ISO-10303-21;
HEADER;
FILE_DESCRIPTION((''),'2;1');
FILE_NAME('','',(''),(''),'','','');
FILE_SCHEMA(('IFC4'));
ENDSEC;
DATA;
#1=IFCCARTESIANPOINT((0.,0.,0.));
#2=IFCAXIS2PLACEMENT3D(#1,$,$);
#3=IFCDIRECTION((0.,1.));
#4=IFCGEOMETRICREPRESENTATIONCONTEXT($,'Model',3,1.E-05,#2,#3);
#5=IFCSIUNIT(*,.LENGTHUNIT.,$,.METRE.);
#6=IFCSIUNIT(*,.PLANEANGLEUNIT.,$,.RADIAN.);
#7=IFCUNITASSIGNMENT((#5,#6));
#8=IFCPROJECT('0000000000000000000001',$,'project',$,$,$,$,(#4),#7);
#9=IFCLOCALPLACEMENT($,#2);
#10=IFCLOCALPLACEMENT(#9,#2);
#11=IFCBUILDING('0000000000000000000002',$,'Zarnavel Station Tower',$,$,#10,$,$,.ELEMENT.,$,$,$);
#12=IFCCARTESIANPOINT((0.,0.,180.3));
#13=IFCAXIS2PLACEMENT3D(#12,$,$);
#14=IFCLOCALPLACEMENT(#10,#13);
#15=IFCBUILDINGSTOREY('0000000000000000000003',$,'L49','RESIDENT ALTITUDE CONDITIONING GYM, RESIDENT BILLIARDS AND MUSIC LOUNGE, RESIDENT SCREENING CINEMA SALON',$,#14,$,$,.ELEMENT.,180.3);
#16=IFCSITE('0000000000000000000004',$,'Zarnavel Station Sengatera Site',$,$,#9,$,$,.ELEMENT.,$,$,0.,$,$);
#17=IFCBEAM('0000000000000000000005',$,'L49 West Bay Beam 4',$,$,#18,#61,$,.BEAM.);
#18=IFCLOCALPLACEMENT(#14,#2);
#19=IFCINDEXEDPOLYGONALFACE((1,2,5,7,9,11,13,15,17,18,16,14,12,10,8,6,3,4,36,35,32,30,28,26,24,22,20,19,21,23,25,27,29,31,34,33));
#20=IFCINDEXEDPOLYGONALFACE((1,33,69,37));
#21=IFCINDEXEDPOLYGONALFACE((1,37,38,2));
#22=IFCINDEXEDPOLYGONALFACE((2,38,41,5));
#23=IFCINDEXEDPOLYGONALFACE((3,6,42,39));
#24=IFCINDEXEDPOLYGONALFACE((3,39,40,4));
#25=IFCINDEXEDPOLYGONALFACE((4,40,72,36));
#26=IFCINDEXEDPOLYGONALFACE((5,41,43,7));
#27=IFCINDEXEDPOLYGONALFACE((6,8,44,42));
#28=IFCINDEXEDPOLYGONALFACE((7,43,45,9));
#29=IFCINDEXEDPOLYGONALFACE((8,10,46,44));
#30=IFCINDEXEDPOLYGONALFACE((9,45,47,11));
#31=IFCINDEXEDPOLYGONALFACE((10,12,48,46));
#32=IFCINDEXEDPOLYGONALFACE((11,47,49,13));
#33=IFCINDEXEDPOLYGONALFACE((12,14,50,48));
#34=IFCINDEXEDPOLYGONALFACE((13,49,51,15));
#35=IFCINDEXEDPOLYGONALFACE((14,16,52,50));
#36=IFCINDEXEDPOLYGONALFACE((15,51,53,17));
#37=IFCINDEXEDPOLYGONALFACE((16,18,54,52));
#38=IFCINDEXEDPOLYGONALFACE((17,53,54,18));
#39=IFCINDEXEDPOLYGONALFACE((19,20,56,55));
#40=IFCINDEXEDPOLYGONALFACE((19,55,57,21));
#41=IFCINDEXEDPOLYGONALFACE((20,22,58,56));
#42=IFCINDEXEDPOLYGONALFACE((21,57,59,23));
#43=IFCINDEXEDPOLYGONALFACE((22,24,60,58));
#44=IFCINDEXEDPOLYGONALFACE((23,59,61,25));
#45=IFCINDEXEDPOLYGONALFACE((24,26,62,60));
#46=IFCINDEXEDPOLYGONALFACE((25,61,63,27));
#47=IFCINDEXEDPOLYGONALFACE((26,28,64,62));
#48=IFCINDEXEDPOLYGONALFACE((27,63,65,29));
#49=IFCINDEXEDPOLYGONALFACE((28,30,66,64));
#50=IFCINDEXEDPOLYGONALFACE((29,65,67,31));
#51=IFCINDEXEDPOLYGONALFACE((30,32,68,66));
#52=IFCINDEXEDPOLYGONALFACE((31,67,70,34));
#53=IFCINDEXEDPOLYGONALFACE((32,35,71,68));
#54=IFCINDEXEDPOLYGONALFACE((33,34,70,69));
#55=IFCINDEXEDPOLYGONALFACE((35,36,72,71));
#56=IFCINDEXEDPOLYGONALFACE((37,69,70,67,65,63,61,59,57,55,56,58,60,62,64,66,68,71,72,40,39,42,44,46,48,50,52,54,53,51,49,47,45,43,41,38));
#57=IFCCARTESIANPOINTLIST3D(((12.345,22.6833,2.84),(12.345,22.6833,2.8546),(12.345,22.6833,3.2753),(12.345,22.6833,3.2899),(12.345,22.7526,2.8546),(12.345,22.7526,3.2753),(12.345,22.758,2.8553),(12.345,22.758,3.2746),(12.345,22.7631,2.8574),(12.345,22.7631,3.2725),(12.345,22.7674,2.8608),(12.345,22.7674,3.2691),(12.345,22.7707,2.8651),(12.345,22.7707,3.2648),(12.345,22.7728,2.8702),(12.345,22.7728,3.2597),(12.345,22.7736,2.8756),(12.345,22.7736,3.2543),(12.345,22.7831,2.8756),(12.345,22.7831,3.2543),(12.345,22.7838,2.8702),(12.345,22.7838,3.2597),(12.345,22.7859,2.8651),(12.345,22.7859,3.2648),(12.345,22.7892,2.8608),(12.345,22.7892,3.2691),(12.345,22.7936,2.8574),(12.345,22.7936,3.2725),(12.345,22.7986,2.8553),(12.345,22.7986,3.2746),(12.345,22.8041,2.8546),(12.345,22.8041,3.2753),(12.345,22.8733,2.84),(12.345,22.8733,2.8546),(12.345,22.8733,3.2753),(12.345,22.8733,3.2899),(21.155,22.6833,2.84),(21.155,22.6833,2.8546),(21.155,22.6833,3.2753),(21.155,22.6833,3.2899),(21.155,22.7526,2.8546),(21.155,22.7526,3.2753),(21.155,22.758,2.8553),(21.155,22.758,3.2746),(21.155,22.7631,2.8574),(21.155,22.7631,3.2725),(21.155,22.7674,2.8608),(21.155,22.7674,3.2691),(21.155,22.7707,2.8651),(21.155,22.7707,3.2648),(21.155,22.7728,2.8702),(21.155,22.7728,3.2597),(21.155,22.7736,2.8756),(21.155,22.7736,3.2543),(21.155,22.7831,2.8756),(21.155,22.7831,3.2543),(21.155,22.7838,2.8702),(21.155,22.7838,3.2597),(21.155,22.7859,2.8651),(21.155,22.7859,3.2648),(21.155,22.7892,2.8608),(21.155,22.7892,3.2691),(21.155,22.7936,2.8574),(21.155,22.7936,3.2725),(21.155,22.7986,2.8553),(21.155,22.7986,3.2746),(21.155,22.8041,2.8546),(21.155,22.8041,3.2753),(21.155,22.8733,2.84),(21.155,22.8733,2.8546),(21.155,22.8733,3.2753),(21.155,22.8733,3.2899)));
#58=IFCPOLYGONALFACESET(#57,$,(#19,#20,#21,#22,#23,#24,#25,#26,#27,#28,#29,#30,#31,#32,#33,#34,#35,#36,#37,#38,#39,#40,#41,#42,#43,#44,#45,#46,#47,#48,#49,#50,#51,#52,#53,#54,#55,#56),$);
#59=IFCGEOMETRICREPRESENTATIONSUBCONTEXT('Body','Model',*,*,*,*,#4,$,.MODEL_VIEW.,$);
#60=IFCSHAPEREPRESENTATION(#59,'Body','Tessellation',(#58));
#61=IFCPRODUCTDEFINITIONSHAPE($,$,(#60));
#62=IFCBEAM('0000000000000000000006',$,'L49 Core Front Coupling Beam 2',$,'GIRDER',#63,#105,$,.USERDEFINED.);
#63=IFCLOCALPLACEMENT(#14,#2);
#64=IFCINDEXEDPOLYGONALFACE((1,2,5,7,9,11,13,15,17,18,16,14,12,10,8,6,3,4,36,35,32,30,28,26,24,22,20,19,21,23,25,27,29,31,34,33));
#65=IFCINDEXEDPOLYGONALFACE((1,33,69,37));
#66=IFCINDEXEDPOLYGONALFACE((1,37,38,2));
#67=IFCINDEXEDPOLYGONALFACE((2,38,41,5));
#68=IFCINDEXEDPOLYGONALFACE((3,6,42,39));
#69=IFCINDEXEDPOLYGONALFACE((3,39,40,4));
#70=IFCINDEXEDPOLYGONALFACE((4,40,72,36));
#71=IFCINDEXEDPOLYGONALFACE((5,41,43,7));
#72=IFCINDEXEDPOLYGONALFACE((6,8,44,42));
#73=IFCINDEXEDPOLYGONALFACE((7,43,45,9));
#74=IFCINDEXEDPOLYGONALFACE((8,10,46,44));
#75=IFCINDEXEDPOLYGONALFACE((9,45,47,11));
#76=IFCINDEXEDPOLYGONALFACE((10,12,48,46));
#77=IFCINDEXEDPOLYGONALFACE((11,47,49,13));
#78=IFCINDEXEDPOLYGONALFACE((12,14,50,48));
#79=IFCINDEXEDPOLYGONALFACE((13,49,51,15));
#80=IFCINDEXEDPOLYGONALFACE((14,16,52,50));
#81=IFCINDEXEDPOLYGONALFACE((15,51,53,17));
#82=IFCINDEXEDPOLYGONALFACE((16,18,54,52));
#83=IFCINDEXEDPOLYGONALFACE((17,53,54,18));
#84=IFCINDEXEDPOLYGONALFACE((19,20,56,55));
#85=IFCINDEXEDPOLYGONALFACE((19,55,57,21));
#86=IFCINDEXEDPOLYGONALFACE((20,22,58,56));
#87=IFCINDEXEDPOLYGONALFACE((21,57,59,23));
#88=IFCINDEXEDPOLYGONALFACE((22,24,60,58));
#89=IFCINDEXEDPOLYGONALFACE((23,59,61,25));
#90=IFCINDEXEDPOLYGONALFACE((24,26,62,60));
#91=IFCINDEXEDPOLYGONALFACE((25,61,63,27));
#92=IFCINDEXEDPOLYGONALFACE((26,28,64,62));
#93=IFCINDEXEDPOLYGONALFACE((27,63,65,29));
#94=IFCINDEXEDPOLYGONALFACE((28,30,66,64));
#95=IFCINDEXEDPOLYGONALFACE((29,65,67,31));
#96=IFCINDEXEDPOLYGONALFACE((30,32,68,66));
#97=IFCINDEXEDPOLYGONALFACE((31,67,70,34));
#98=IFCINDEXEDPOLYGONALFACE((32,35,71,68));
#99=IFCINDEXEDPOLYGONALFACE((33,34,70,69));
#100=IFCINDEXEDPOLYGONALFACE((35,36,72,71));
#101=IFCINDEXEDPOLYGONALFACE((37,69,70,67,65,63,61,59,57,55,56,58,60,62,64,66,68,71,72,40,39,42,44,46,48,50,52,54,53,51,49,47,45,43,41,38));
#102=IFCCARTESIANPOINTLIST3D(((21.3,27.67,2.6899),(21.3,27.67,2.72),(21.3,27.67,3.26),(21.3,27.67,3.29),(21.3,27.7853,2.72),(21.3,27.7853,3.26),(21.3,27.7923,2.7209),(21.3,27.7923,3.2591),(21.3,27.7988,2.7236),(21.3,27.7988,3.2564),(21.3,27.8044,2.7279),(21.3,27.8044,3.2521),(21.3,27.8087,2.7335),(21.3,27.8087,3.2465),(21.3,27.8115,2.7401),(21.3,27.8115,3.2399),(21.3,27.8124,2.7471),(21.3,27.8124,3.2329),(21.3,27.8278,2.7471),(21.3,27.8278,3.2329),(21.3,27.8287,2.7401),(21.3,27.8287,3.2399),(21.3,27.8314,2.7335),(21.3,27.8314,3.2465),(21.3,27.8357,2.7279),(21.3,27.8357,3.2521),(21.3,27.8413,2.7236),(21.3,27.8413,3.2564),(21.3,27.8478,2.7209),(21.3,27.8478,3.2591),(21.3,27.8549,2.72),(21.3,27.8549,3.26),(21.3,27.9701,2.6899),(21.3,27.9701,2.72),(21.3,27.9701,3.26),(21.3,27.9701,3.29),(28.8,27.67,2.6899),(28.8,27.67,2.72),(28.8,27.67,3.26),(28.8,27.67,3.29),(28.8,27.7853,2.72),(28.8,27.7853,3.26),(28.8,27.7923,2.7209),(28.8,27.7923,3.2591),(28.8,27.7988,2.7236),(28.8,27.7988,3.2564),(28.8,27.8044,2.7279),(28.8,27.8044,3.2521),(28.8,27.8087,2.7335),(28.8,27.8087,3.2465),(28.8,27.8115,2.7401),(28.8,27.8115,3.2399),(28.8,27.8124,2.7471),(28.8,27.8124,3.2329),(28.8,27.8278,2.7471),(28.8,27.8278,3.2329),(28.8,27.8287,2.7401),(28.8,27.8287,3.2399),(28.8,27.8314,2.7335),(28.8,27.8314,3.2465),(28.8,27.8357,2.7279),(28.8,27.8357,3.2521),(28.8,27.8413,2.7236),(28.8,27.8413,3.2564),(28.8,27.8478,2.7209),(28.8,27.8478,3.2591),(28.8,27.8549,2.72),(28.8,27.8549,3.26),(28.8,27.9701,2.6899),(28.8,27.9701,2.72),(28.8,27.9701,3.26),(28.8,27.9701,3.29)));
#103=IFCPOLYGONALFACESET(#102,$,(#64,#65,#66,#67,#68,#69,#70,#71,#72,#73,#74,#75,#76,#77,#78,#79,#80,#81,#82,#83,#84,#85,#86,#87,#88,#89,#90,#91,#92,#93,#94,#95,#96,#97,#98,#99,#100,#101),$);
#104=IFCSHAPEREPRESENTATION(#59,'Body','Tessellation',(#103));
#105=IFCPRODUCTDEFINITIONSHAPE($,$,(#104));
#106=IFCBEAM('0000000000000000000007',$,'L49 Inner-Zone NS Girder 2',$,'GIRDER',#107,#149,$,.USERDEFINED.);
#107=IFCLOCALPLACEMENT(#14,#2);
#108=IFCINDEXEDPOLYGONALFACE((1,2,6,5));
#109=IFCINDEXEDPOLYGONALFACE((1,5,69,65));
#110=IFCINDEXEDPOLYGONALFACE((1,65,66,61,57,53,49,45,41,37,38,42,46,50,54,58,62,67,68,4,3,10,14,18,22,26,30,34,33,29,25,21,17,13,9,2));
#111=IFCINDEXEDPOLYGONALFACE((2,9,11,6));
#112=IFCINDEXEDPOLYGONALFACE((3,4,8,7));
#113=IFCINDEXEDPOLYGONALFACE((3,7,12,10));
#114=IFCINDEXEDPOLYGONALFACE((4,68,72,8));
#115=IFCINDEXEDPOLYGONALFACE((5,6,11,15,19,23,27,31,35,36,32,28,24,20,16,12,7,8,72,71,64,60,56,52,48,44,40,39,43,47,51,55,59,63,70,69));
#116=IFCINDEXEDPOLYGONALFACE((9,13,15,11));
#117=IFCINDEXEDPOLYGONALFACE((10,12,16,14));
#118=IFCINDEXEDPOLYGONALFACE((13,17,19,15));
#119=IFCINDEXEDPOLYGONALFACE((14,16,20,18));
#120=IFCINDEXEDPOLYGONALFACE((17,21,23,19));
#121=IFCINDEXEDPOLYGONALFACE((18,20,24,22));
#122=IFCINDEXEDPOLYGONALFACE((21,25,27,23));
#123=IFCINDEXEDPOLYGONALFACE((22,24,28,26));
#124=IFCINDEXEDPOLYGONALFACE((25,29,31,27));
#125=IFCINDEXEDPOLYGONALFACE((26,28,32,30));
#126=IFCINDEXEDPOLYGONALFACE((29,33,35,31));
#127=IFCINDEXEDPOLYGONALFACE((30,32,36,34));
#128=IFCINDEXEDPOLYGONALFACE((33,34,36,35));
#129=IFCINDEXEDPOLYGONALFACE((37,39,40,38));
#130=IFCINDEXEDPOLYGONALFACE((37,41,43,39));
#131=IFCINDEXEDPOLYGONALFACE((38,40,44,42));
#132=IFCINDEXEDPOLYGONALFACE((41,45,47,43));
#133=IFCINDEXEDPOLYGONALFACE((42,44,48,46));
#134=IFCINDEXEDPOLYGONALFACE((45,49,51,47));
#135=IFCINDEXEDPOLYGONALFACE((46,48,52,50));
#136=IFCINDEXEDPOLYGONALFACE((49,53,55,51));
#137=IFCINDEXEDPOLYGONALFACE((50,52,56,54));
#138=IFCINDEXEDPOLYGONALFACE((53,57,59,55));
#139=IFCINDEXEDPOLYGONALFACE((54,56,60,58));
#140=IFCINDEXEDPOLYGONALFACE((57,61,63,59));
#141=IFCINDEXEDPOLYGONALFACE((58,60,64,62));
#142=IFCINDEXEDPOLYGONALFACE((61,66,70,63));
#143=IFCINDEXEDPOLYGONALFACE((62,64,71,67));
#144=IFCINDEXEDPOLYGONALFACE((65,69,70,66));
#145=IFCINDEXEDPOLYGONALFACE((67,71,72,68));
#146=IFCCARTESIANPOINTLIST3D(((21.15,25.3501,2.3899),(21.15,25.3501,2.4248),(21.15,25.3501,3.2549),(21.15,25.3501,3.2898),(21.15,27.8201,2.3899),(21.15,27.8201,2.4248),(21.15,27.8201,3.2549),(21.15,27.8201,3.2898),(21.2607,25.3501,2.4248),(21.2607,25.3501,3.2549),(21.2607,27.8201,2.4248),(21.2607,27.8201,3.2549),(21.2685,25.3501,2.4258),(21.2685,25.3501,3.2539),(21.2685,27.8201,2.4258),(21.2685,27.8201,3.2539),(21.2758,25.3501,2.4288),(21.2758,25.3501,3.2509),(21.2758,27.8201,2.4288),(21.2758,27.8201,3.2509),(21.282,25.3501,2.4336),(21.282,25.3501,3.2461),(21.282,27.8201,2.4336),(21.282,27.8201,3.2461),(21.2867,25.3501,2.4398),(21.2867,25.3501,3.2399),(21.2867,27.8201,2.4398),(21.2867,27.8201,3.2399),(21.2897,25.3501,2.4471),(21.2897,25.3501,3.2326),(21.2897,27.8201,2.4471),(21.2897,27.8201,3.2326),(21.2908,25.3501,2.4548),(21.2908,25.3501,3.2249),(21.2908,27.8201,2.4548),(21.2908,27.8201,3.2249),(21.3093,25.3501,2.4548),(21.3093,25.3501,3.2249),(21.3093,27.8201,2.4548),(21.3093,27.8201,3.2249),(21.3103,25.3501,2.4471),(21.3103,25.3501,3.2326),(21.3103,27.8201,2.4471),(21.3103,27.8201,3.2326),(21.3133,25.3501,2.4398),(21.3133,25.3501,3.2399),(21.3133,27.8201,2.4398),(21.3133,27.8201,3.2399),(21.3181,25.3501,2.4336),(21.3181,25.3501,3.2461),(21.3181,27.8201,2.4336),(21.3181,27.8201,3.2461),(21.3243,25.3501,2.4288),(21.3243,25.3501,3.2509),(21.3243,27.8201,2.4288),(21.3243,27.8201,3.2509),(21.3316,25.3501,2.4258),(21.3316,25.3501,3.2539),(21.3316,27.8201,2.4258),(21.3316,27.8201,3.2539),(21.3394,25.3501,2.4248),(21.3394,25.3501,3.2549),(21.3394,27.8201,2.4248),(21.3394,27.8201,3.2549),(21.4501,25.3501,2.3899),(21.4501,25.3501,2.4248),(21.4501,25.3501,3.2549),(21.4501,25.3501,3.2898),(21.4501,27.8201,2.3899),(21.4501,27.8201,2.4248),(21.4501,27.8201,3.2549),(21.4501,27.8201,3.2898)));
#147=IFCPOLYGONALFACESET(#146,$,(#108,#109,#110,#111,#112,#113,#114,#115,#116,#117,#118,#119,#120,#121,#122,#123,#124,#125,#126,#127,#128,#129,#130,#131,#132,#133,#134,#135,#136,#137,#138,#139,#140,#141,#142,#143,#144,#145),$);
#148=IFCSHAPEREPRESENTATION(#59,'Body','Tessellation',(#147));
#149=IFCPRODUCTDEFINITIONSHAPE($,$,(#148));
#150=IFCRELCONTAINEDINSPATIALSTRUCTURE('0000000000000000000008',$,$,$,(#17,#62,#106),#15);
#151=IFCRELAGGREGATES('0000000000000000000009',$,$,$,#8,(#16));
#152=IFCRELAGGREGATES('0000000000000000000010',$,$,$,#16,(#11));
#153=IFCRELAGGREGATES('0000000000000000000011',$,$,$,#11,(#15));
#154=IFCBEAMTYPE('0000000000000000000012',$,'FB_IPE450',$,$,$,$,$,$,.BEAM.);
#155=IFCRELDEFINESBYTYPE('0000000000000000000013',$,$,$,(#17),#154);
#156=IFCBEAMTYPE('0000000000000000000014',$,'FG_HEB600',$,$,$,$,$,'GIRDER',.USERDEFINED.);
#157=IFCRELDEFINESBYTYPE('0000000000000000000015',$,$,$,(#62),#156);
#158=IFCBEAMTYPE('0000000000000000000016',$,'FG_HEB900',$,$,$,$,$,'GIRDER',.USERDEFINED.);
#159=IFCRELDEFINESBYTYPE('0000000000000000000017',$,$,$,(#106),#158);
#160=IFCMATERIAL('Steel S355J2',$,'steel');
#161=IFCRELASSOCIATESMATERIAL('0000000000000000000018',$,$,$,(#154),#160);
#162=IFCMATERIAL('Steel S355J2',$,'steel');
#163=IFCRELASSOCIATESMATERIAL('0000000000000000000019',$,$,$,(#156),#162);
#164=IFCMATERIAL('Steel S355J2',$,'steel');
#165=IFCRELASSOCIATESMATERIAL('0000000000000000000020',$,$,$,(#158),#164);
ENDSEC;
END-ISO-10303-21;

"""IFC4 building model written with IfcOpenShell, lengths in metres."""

from ifc_helpers import new_model, si_unit, direction, frame, origin, origin_2d, place, context, subcontext, project, spatial, i_section, extrude, material, material_profile, profile_set, type_object, element, save


model = new_model("IFC4")

# Units and contexts
model_context = context("Model", 3, precision=1e-05, world=origin(), true_north=direction((0.0, 1.0)))
body_context = subcontext(model_context, "Body", "Model", "MODEL_VIEW")
ifc_project = project(units=[si_unit("LENGTHUNIT", "METRE"), si_unit("PLANEANGLEUNIT", "RADIAN")], contexts=[model_context])

# Site, building, storey
site_placement = place(None, origin())
site = spatial("IfcSite", under=ifc_project, at=site_placement, Name="Zarnavel Station Sengatera Site", CompositionType="ELEMENT", RefElevation=0.0)
building_placement = place(site_placement, origin())
building = spatial("IfcBuilding", under=site, at=building_placement, Name="Zarnavel Station Tower", CompositionType="ELEMENT")
storey_placement = place(building_placement, frame((0.0, 0.0, 180.3)))
storey = spatial("IfcBuildingStorey", under=building, at=storey_placement, Name="L49", Description="RESIDENT ALTITUDE CONDITIONING GYM, RESIDENT BILLIARDS AND MUSIC LOUNGE, RESIDENT SCREENING CINEMA SALON", CompositionType="ELEMENT", Elevation=180.3)

# Beams
ifc_material_1 = material(Name="Steel S355J2", Category="steel")
ifc_material_profile_1 = material_profile(ifc_material_1, i_section(OverallWidth=0.1899, OverallDepth=0.45, WebThickness=0.0095, FlangeThickness=0.0146, FilletRadius=0.021, at=origin_2d()), Name="IPE450")
ifc_profile_set_1 = profile_set([ifc_material_profile_1], Name="Steel S355J2")
beam_type_1 = type_object("IfcBeamType", Name="FB_IPE450", PredefinedType="BEAM", material=ifc_profile_set_1)
beam_1_placement = place(storey_placement, frame((12.345, 22.7783, 3.0649), z_axis=(1.0, 0.0, 0.0), x_axis=(0.0, 1.0, 0.0)))
element("IfcBeam", 1, at=beam_1_placement, inside=storey, type_object=beam_type_1, Name="L49 West Bay Beam 4", PredefinedType="BEAM", context=body_context, shape_type="SweptSolid", body=[
    extrude(i_section(OverallWidth=0.1899, OverallDepth=0.45, WebThickness=0.0095, FlangeThickness=0.0146, FilletRadius=0.021, at=origin_2d()), origin(), (0.0, 0.0, 1.0), 8.8101),
])
ifc_material_2 = material(Name="Steel S355J2", Category="steel")
ifc_material_profile_2 = material_profile(ifc_material_2, i_section(OverallWidth=0.3, OverallDepth=0.6001, WebThickness=0.0154, FlangeThickness=0.03, FilletRadius=0.0271, at=origin_2d()), Name="HEB600")
ifc_profile_set_2 = profile_set([ifc_material_profile_2], Name="Steel S355J2")
beam_type_2 = type_object("IfcBeamType", Name="FG_HEB600", ElementType="GIRDER", PredefinedType="USERDEFINED", material=ifc_profile_set_2)
beam_2_placement = place(storey_placement, frame((21.3, 27.8201, 2.99), z_axis=(1.0, 0.0, 0.0), x_axis=(0.0, 1.0, 0.0)))
element("IfcBeam", 2, at=beam_2_placement, inside=storey, type_object=beam_type_2, Name="L49 Core Front Coupling Beam 2", ObjectType="GIRDER", PredefinedType="USERDEFINED", context=body_context, shape_type="SweptSolid", body=[
    extrude(i_section(OverallWidth=0.3, OverallDepth=0.6001, WebThickness=0.0154, FlangeThickness=0.03, FilletRadius=0.0271, at=origin_2d()), origin(), (0.0, 0.0, 1.0), 7.5),
])
ifc_material_3 = material(Name="Steel S355J2", Category="steel")
ifc_material_profile_3 = material_profile(ifc_material_3, i_section(OverallWidth=0.3, OverallDepth=0.8999, WebThickness=0.0186, FlangeThickness=0.0349, FilletRadius=0.03, at=origin_2d()), Name="HEB900")
ifc_profile_set_3 = profile_set([ifc_material_profile_3], Name="Steel S355J2")
beam_type_3 = type_object("IfcBeamType", Name="FG_HEB900", ElementType="GIRDER", PredefinedType="USERDEFINED", material=ifc_profile_set_3)
beam_3_placement = place(storey_placement, frame((21.3, 25.3501, 2.8398), z_axis=(0.0, 1.0, 0.0), x_axis=(-1.0, 0.0, 0.0)))
element("IfcBeam", 3, at=beam_3_placement, inside=storey, type_object=beam_type_3, Name="L49 Inner-Zone NS Girder 2", ObjectType="GIRDER", PredefinedType="USERDEFINED", context=body_context, shape_type="SweptSolid", body=[
    extrude(i_section(OverallWidth=0.3, OverallDepth=0.8999, WebThickness=0.0186, FlangeThickness=0.0349, FilletRadius=0.03, at=origin_2d()), origin(), (0.0, 0.0, 1.0), 2.47),
])

save(model, "model.ifc")
